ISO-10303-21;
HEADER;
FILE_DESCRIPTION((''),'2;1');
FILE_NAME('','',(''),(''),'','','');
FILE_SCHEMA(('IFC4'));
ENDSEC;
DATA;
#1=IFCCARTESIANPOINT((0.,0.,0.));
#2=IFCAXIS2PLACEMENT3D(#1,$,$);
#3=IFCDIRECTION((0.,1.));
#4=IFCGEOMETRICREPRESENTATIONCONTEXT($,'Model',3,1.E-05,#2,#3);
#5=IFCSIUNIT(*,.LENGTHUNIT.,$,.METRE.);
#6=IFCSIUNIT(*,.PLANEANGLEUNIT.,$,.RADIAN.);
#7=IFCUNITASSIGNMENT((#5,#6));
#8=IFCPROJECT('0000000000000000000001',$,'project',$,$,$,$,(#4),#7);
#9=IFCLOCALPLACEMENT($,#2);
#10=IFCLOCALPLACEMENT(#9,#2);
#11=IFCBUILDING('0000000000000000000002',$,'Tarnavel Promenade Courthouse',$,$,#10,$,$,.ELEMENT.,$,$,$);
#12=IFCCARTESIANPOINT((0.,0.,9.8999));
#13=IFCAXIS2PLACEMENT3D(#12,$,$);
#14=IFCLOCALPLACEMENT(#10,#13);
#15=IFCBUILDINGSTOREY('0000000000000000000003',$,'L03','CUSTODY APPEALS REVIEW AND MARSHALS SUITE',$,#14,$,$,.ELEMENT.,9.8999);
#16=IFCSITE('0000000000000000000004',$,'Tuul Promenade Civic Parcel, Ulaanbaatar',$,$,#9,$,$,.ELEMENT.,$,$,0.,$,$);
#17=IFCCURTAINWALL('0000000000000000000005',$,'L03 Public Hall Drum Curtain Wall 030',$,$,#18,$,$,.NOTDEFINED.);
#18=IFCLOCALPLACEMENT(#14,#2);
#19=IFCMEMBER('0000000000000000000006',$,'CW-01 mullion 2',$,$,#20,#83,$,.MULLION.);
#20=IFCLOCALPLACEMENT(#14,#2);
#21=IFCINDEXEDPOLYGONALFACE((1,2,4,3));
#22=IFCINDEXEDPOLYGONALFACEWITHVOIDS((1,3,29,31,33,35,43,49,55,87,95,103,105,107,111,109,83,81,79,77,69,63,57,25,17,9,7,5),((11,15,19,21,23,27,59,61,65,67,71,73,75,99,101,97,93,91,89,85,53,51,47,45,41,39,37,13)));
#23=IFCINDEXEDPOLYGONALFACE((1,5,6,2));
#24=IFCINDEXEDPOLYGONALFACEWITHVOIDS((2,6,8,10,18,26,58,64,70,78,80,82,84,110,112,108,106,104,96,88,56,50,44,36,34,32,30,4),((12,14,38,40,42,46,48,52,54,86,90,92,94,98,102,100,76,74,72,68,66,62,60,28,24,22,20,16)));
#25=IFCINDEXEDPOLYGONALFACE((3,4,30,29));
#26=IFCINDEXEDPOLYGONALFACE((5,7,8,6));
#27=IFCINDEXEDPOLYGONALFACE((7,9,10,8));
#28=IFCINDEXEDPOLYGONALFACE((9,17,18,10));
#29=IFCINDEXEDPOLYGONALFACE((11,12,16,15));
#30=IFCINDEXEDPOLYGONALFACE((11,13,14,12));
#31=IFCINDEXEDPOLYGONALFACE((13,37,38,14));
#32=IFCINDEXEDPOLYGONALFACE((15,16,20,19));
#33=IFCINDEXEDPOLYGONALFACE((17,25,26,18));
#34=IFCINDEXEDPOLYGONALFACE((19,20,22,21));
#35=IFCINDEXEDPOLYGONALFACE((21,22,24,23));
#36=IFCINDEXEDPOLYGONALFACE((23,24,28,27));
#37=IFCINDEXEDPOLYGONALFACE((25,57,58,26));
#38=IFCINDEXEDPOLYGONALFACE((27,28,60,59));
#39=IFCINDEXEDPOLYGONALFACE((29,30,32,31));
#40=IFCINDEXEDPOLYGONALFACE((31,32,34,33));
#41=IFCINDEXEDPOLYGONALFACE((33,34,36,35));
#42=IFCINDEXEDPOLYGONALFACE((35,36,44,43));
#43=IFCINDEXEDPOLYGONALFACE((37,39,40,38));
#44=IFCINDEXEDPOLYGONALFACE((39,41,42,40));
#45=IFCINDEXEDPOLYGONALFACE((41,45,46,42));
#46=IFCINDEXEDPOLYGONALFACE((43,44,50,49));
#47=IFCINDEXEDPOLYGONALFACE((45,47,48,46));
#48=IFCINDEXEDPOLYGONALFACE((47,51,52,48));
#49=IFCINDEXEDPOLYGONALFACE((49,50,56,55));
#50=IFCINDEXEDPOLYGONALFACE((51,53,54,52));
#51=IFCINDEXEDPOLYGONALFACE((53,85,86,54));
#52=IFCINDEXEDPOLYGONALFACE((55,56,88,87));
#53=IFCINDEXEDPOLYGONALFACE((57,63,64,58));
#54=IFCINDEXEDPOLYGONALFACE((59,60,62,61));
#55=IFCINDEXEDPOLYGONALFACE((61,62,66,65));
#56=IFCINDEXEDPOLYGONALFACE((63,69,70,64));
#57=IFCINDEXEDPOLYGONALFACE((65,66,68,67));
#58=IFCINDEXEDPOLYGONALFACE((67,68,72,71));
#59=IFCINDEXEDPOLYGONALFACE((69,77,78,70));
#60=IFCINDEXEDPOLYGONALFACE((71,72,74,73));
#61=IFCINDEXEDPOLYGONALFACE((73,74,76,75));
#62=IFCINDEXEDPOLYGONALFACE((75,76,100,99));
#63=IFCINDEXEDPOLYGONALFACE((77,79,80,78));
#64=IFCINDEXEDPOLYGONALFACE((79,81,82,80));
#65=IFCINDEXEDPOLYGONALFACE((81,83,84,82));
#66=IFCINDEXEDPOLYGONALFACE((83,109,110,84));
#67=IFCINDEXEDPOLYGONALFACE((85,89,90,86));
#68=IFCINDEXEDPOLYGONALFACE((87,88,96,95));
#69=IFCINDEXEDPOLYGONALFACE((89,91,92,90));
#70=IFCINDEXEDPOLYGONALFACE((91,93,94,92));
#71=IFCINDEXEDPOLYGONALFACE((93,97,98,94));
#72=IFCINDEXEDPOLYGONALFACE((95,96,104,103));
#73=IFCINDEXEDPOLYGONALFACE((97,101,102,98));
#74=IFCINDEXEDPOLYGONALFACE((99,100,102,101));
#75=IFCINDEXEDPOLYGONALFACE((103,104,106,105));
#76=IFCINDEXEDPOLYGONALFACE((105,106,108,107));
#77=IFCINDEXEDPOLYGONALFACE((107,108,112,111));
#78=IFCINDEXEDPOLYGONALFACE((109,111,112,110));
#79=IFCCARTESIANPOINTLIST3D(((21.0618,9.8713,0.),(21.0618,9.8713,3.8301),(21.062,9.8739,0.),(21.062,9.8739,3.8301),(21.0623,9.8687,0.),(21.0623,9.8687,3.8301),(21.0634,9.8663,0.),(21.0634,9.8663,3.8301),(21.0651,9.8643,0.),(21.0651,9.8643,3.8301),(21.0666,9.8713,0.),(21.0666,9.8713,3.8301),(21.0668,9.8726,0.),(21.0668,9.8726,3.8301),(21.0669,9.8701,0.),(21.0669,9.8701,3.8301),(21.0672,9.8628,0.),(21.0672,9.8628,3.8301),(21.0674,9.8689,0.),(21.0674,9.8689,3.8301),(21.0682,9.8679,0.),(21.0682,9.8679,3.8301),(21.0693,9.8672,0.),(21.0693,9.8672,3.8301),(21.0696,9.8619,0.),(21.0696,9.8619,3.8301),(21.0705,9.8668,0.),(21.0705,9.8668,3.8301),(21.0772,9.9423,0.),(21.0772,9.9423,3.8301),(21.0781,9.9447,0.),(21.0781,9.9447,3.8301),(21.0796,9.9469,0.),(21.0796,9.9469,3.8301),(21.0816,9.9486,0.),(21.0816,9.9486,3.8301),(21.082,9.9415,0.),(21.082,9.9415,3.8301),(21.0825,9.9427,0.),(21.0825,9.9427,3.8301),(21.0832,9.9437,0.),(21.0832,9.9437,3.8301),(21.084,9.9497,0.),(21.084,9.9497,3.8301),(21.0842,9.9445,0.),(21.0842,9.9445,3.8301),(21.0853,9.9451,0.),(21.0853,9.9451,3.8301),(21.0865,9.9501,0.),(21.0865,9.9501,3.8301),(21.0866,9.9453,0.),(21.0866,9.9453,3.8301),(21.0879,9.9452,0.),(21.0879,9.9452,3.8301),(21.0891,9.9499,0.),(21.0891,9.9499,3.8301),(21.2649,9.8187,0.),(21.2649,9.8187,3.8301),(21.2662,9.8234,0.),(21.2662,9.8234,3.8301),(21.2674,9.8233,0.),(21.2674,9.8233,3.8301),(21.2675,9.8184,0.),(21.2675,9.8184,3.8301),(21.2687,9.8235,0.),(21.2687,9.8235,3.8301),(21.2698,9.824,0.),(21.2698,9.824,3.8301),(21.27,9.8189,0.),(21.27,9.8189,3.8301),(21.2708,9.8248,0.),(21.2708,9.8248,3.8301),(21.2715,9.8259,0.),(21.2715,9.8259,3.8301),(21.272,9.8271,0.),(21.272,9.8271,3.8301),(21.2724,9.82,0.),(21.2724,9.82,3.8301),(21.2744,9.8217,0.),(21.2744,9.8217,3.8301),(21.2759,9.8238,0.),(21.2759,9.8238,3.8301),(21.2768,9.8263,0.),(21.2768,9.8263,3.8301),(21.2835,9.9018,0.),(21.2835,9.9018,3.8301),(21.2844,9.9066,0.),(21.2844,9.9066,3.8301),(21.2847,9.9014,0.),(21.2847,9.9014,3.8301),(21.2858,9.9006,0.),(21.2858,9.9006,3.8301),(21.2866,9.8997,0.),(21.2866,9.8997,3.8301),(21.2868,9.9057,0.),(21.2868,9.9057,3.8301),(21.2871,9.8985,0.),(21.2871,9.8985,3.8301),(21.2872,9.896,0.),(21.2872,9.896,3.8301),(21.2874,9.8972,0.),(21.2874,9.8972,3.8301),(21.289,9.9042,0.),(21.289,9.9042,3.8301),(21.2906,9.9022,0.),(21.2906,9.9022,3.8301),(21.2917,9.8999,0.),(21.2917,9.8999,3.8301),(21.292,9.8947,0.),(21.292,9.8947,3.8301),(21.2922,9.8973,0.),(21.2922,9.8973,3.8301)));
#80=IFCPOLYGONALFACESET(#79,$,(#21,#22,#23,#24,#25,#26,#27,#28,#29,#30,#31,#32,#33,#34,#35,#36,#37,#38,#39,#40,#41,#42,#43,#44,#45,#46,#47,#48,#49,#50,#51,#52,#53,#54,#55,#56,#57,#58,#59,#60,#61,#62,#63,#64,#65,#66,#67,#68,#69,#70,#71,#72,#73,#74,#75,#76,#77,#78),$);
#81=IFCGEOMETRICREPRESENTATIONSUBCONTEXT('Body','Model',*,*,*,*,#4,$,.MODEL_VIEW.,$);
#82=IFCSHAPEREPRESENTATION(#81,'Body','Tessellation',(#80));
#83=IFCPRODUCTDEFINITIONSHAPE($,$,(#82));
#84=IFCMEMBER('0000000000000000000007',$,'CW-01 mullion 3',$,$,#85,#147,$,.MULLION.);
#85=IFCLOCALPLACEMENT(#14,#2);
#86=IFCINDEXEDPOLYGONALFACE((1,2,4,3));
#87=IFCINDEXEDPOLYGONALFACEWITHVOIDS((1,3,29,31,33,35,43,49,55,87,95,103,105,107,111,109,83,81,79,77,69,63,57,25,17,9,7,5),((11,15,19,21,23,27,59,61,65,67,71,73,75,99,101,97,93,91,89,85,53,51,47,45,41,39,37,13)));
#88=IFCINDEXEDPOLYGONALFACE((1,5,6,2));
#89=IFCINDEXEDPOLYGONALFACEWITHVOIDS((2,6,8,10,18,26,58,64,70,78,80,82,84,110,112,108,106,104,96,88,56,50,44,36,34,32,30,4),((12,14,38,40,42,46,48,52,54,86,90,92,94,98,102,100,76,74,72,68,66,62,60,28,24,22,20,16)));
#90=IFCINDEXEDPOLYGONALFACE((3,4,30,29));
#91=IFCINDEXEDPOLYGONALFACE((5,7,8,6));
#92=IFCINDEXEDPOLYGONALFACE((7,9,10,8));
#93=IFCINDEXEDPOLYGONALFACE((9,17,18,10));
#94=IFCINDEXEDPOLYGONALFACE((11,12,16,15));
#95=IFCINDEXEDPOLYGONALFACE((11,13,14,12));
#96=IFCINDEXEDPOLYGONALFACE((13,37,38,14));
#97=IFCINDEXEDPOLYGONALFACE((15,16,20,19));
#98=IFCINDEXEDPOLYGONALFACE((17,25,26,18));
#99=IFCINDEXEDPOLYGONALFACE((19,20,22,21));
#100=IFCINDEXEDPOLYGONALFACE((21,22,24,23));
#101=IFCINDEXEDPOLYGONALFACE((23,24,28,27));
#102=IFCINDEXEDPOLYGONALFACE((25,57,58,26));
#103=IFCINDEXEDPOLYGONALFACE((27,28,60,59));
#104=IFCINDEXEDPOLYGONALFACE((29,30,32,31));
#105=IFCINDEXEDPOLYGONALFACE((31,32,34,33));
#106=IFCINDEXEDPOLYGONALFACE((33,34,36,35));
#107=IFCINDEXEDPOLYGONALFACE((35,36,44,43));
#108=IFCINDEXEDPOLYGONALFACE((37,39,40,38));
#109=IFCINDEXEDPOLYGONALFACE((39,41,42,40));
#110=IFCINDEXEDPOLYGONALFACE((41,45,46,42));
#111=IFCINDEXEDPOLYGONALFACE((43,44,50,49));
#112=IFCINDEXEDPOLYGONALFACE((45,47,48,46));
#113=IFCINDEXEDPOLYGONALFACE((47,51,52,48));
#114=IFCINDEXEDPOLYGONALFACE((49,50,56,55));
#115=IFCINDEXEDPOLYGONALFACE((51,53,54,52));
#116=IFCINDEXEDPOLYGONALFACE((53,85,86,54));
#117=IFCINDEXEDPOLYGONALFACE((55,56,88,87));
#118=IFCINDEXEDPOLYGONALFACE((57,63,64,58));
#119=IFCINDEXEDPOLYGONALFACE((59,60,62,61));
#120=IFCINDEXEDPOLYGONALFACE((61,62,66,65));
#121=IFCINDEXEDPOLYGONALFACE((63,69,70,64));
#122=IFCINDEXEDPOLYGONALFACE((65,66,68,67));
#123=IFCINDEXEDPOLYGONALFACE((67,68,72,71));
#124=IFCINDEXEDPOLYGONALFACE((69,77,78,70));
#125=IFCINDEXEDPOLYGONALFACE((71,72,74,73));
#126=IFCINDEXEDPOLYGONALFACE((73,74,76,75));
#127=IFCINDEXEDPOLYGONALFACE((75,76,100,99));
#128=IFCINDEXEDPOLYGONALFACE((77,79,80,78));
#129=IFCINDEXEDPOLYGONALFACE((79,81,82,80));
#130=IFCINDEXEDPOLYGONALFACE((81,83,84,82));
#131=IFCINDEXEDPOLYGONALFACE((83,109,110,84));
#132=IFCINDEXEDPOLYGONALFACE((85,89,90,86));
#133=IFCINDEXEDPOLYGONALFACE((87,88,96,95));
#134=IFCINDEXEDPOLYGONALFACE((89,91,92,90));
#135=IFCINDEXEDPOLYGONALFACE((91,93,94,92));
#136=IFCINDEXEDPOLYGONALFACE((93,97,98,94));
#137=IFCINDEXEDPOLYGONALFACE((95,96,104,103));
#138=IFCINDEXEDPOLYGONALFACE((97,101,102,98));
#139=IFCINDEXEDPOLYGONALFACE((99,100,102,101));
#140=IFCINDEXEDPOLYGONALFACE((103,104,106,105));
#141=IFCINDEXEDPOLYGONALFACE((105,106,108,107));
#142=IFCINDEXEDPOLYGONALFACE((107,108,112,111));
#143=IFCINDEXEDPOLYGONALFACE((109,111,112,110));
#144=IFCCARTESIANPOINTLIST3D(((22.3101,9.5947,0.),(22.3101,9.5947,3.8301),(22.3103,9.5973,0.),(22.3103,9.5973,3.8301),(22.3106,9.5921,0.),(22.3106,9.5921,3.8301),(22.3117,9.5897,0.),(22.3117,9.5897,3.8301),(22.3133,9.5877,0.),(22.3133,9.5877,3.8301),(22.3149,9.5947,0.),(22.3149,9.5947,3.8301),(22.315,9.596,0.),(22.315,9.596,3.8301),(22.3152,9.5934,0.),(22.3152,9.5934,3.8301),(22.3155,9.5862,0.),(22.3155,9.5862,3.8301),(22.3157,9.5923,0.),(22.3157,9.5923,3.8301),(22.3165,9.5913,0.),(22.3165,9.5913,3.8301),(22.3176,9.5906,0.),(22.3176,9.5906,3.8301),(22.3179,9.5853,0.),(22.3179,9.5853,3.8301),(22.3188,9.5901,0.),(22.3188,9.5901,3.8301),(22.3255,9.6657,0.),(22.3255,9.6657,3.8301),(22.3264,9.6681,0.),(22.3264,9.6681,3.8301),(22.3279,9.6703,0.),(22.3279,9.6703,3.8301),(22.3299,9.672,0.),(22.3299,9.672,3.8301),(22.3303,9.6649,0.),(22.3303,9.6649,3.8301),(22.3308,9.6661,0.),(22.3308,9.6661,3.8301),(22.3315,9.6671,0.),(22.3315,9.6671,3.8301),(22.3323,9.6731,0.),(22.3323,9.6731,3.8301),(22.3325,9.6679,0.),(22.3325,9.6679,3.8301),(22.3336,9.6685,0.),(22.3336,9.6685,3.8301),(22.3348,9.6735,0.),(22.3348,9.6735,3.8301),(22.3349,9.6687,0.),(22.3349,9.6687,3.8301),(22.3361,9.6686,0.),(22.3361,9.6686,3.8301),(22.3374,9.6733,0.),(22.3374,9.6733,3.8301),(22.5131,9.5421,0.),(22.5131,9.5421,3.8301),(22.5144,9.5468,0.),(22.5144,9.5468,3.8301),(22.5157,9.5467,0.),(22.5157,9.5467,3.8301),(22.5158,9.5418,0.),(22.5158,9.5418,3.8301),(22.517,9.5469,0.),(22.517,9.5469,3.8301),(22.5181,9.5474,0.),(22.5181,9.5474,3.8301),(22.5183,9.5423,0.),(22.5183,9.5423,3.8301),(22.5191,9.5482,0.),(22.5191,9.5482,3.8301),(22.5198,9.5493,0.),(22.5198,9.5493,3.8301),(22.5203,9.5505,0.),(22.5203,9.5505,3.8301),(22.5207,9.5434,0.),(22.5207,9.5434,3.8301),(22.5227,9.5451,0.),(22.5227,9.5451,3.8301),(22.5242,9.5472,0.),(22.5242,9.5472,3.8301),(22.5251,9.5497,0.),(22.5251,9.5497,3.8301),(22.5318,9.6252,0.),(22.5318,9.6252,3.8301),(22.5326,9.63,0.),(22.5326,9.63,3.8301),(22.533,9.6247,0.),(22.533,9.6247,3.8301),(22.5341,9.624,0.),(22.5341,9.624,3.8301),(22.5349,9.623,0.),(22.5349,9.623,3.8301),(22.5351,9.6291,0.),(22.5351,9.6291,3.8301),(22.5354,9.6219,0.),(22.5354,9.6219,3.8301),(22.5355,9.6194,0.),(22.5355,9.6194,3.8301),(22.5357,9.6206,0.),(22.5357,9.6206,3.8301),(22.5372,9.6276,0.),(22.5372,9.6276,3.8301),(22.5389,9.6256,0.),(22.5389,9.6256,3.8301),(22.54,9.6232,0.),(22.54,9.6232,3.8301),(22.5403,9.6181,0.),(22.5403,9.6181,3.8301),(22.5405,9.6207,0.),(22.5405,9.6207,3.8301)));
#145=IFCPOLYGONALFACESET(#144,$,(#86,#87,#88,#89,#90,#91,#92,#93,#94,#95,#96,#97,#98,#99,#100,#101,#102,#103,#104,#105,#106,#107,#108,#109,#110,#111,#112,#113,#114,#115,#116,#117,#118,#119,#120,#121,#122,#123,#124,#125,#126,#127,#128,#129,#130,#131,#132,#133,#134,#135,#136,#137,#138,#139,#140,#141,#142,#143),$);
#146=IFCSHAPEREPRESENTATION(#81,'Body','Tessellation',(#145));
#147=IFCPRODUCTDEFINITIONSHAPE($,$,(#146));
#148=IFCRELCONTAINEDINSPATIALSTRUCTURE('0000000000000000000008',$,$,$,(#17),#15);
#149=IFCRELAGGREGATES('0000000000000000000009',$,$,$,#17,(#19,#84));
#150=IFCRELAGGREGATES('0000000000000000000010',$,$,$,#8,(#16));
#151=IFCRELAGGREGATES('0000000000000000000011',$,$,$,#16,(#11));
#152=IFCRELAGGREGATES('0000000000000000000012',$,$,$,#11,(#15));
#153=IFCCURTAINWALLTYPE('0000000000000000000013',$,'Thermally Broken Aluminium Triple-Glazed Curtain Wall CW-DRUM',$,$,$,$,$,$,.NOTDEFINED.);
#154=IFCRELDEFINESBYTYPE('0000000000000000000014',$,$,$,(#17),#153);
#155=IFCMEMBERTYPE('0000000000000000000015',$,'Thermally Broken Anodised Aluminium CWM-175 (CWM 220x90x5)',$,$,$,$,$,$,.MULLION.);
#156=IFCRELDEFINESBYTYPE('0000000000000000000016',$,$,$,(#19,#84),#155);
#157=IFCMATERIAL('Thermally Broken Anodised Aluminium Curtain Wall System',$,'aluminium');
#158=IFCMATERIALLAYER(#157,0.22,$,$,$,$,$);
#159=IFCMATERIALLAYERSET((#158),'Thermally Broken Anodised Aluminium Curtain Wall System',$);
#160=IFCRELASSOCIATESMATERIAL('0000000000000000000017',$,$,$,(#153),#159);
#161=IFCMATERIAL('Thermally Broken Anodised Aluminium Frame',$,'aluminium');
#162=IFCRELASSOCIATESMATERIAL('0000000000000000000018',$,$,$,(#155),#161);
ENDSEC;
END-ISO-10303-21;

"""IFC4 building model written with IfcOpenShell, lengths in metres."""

from ifc_helpers import new_model, si_unit, direction, frame, origin, origin_2d, place, context, subcontext, project, spatial, hollow_rectangle, extrude, material, layer, layer_set, material_profile, profile_set, type_object, element, aggregate, save


model = new_model("IFC4")

# Units and contexts
model_context = context("Model", 3, precision=1e-05, world=origin(), true_north=direction((0.0, 1.0)))
body_context = subcontext(model_context, "Body", "Model", "MODEL_VIEW")
ifc_project = project(units=[si_unit("LENGTHUNIT", "METRE"), si_unit("PLANEANGLEUNIT", "RADIAN")], contexts=[model_context])

# Site, building, storey
site_placement = place(None, origin())
site = spatial("IfcSite", under=ifc_project, at=site_placement, Name="Tuul Promenade Civic Parcel, Ulaanbaatar", CompositionType="ELEMENT", RefElevation=0.0)
building_placement = place(site_placement, origin())
building = spatial("IfcBuilding", under=site, at=building_placement, Name="Tarnavel Promenade Courthouse", CompositionType="ELEMENT")
storey_placement = place(building_placement, frame((0.0, 0.0, 9.8999)))
storey = spatial("IfcBuildingStorey", under=building, at=storey_placement, Name="L03", Description="CUSTODY APPEALS REVIEW AND MARSHALS SUITE", CompositionType="ELEMENT", Elevation=9.8999)

# Curtain wall, members
ifc_material_1 = material(Name="Thermally Broken Anodised Aluminium Curtain Wall System", Category="aluminium")
ifc_layer_1 = layer(ifc_material_1, 0.22)
ifc_layer_set_1 = layer_set([ifc_layer_1], Name="Thermally Broken Anodised Aluminium Curtain Wall System")
curtain_wall_type = type_object("IfcCurtainWallType", Name="Thermally Broken Aluminium Triple-Glazed Curtain Wall CW-DRUM", PredefinedType="NOTDEFINED", material=ifc_layer_set_1)
curtain_wall_placement = place(storey_placement, origin())
curtain_wall = element("IfcCurtainWall", 1, at=curtain_wall_placement, inside=storey, type_object=curtain_wall_type, Name="L03 Public Hall Drum Curtain Wall 030", PredefinedType="NOTDEFINED")
ifc_material_2 = material(Name="Thermally Broken Anodised Aluminium Frame", Category="aluminium")
ifc_material_profile_1 = material_profile(ifc_material_2, hollow_rectangle(XDim=0.0901, YDim=0.22, WallThickness=0.0049, InnerFilletRadius=0.0049, OuterFilletRadius=0.01, at=origin_2d()), Name="CWM 220x90x5")
ifc_profile_set_1 = profile_set([ifc_material_profile_1], Name="Thermally Broken Anodised Aluminium Frame")
member_type_1 = type_object("IfcMemberType", Name="Thermally Broken Anodised Aluminium CWM-175 (CWM 220x90x5)", PredefinedType="MULLION", material=ifc_profile_set_1)
member_1_placement = place(storey_placement, frame((21.177, 9.8843, 0.0), z_axis=(0.0, 0.0, 1.0), x_axis=(0.216438, 0.976296, 0.0)))
member_1 = element("IfcMember", 2, at=member_1_placement, type_object=member_type_1, Name="CW-01 mullion 2", PredefinedType="MULLION", context=body_context, shape_type="SweptSolid", body=[
    extrude(hollow_rectangle(XDim=0.0901, YDim=0.22, WallThickness=0.0049, InnerFilletRadius=0.0049, OuterFilletRadius=0.01, at=origin_2d()), origin(), (0.0, 0.0, 1.0), 3.8301),
])
member_2_placement = place(storey_placement, frame((22.4253, 9.6077, 0.0), z_axis=(0.0, 0.0, 1.0), x_axis=(0.216438, 0.976296, 0.0)))
member_2 = element("IfcMember", 3, at=member_2_placement, type_object=member_type_1, Name="CW-01 mullion 3", PredefinedType="MULLION", context=body_context, shape_type="SweptSolid", body=[
    extrude(hollow_rectangle(XDim=0.0901, YDim=0.22, WallThickness=0.0049, InnerFilletRadius=0.0049, OuterFilletRadius=0.01, at=origin_2d()), origin(), (0.0, 0.0, 1.0), 3.8301),
])

aggregate(curtain_wall, [member_1, member_2])

save(model, "model.ifc")
